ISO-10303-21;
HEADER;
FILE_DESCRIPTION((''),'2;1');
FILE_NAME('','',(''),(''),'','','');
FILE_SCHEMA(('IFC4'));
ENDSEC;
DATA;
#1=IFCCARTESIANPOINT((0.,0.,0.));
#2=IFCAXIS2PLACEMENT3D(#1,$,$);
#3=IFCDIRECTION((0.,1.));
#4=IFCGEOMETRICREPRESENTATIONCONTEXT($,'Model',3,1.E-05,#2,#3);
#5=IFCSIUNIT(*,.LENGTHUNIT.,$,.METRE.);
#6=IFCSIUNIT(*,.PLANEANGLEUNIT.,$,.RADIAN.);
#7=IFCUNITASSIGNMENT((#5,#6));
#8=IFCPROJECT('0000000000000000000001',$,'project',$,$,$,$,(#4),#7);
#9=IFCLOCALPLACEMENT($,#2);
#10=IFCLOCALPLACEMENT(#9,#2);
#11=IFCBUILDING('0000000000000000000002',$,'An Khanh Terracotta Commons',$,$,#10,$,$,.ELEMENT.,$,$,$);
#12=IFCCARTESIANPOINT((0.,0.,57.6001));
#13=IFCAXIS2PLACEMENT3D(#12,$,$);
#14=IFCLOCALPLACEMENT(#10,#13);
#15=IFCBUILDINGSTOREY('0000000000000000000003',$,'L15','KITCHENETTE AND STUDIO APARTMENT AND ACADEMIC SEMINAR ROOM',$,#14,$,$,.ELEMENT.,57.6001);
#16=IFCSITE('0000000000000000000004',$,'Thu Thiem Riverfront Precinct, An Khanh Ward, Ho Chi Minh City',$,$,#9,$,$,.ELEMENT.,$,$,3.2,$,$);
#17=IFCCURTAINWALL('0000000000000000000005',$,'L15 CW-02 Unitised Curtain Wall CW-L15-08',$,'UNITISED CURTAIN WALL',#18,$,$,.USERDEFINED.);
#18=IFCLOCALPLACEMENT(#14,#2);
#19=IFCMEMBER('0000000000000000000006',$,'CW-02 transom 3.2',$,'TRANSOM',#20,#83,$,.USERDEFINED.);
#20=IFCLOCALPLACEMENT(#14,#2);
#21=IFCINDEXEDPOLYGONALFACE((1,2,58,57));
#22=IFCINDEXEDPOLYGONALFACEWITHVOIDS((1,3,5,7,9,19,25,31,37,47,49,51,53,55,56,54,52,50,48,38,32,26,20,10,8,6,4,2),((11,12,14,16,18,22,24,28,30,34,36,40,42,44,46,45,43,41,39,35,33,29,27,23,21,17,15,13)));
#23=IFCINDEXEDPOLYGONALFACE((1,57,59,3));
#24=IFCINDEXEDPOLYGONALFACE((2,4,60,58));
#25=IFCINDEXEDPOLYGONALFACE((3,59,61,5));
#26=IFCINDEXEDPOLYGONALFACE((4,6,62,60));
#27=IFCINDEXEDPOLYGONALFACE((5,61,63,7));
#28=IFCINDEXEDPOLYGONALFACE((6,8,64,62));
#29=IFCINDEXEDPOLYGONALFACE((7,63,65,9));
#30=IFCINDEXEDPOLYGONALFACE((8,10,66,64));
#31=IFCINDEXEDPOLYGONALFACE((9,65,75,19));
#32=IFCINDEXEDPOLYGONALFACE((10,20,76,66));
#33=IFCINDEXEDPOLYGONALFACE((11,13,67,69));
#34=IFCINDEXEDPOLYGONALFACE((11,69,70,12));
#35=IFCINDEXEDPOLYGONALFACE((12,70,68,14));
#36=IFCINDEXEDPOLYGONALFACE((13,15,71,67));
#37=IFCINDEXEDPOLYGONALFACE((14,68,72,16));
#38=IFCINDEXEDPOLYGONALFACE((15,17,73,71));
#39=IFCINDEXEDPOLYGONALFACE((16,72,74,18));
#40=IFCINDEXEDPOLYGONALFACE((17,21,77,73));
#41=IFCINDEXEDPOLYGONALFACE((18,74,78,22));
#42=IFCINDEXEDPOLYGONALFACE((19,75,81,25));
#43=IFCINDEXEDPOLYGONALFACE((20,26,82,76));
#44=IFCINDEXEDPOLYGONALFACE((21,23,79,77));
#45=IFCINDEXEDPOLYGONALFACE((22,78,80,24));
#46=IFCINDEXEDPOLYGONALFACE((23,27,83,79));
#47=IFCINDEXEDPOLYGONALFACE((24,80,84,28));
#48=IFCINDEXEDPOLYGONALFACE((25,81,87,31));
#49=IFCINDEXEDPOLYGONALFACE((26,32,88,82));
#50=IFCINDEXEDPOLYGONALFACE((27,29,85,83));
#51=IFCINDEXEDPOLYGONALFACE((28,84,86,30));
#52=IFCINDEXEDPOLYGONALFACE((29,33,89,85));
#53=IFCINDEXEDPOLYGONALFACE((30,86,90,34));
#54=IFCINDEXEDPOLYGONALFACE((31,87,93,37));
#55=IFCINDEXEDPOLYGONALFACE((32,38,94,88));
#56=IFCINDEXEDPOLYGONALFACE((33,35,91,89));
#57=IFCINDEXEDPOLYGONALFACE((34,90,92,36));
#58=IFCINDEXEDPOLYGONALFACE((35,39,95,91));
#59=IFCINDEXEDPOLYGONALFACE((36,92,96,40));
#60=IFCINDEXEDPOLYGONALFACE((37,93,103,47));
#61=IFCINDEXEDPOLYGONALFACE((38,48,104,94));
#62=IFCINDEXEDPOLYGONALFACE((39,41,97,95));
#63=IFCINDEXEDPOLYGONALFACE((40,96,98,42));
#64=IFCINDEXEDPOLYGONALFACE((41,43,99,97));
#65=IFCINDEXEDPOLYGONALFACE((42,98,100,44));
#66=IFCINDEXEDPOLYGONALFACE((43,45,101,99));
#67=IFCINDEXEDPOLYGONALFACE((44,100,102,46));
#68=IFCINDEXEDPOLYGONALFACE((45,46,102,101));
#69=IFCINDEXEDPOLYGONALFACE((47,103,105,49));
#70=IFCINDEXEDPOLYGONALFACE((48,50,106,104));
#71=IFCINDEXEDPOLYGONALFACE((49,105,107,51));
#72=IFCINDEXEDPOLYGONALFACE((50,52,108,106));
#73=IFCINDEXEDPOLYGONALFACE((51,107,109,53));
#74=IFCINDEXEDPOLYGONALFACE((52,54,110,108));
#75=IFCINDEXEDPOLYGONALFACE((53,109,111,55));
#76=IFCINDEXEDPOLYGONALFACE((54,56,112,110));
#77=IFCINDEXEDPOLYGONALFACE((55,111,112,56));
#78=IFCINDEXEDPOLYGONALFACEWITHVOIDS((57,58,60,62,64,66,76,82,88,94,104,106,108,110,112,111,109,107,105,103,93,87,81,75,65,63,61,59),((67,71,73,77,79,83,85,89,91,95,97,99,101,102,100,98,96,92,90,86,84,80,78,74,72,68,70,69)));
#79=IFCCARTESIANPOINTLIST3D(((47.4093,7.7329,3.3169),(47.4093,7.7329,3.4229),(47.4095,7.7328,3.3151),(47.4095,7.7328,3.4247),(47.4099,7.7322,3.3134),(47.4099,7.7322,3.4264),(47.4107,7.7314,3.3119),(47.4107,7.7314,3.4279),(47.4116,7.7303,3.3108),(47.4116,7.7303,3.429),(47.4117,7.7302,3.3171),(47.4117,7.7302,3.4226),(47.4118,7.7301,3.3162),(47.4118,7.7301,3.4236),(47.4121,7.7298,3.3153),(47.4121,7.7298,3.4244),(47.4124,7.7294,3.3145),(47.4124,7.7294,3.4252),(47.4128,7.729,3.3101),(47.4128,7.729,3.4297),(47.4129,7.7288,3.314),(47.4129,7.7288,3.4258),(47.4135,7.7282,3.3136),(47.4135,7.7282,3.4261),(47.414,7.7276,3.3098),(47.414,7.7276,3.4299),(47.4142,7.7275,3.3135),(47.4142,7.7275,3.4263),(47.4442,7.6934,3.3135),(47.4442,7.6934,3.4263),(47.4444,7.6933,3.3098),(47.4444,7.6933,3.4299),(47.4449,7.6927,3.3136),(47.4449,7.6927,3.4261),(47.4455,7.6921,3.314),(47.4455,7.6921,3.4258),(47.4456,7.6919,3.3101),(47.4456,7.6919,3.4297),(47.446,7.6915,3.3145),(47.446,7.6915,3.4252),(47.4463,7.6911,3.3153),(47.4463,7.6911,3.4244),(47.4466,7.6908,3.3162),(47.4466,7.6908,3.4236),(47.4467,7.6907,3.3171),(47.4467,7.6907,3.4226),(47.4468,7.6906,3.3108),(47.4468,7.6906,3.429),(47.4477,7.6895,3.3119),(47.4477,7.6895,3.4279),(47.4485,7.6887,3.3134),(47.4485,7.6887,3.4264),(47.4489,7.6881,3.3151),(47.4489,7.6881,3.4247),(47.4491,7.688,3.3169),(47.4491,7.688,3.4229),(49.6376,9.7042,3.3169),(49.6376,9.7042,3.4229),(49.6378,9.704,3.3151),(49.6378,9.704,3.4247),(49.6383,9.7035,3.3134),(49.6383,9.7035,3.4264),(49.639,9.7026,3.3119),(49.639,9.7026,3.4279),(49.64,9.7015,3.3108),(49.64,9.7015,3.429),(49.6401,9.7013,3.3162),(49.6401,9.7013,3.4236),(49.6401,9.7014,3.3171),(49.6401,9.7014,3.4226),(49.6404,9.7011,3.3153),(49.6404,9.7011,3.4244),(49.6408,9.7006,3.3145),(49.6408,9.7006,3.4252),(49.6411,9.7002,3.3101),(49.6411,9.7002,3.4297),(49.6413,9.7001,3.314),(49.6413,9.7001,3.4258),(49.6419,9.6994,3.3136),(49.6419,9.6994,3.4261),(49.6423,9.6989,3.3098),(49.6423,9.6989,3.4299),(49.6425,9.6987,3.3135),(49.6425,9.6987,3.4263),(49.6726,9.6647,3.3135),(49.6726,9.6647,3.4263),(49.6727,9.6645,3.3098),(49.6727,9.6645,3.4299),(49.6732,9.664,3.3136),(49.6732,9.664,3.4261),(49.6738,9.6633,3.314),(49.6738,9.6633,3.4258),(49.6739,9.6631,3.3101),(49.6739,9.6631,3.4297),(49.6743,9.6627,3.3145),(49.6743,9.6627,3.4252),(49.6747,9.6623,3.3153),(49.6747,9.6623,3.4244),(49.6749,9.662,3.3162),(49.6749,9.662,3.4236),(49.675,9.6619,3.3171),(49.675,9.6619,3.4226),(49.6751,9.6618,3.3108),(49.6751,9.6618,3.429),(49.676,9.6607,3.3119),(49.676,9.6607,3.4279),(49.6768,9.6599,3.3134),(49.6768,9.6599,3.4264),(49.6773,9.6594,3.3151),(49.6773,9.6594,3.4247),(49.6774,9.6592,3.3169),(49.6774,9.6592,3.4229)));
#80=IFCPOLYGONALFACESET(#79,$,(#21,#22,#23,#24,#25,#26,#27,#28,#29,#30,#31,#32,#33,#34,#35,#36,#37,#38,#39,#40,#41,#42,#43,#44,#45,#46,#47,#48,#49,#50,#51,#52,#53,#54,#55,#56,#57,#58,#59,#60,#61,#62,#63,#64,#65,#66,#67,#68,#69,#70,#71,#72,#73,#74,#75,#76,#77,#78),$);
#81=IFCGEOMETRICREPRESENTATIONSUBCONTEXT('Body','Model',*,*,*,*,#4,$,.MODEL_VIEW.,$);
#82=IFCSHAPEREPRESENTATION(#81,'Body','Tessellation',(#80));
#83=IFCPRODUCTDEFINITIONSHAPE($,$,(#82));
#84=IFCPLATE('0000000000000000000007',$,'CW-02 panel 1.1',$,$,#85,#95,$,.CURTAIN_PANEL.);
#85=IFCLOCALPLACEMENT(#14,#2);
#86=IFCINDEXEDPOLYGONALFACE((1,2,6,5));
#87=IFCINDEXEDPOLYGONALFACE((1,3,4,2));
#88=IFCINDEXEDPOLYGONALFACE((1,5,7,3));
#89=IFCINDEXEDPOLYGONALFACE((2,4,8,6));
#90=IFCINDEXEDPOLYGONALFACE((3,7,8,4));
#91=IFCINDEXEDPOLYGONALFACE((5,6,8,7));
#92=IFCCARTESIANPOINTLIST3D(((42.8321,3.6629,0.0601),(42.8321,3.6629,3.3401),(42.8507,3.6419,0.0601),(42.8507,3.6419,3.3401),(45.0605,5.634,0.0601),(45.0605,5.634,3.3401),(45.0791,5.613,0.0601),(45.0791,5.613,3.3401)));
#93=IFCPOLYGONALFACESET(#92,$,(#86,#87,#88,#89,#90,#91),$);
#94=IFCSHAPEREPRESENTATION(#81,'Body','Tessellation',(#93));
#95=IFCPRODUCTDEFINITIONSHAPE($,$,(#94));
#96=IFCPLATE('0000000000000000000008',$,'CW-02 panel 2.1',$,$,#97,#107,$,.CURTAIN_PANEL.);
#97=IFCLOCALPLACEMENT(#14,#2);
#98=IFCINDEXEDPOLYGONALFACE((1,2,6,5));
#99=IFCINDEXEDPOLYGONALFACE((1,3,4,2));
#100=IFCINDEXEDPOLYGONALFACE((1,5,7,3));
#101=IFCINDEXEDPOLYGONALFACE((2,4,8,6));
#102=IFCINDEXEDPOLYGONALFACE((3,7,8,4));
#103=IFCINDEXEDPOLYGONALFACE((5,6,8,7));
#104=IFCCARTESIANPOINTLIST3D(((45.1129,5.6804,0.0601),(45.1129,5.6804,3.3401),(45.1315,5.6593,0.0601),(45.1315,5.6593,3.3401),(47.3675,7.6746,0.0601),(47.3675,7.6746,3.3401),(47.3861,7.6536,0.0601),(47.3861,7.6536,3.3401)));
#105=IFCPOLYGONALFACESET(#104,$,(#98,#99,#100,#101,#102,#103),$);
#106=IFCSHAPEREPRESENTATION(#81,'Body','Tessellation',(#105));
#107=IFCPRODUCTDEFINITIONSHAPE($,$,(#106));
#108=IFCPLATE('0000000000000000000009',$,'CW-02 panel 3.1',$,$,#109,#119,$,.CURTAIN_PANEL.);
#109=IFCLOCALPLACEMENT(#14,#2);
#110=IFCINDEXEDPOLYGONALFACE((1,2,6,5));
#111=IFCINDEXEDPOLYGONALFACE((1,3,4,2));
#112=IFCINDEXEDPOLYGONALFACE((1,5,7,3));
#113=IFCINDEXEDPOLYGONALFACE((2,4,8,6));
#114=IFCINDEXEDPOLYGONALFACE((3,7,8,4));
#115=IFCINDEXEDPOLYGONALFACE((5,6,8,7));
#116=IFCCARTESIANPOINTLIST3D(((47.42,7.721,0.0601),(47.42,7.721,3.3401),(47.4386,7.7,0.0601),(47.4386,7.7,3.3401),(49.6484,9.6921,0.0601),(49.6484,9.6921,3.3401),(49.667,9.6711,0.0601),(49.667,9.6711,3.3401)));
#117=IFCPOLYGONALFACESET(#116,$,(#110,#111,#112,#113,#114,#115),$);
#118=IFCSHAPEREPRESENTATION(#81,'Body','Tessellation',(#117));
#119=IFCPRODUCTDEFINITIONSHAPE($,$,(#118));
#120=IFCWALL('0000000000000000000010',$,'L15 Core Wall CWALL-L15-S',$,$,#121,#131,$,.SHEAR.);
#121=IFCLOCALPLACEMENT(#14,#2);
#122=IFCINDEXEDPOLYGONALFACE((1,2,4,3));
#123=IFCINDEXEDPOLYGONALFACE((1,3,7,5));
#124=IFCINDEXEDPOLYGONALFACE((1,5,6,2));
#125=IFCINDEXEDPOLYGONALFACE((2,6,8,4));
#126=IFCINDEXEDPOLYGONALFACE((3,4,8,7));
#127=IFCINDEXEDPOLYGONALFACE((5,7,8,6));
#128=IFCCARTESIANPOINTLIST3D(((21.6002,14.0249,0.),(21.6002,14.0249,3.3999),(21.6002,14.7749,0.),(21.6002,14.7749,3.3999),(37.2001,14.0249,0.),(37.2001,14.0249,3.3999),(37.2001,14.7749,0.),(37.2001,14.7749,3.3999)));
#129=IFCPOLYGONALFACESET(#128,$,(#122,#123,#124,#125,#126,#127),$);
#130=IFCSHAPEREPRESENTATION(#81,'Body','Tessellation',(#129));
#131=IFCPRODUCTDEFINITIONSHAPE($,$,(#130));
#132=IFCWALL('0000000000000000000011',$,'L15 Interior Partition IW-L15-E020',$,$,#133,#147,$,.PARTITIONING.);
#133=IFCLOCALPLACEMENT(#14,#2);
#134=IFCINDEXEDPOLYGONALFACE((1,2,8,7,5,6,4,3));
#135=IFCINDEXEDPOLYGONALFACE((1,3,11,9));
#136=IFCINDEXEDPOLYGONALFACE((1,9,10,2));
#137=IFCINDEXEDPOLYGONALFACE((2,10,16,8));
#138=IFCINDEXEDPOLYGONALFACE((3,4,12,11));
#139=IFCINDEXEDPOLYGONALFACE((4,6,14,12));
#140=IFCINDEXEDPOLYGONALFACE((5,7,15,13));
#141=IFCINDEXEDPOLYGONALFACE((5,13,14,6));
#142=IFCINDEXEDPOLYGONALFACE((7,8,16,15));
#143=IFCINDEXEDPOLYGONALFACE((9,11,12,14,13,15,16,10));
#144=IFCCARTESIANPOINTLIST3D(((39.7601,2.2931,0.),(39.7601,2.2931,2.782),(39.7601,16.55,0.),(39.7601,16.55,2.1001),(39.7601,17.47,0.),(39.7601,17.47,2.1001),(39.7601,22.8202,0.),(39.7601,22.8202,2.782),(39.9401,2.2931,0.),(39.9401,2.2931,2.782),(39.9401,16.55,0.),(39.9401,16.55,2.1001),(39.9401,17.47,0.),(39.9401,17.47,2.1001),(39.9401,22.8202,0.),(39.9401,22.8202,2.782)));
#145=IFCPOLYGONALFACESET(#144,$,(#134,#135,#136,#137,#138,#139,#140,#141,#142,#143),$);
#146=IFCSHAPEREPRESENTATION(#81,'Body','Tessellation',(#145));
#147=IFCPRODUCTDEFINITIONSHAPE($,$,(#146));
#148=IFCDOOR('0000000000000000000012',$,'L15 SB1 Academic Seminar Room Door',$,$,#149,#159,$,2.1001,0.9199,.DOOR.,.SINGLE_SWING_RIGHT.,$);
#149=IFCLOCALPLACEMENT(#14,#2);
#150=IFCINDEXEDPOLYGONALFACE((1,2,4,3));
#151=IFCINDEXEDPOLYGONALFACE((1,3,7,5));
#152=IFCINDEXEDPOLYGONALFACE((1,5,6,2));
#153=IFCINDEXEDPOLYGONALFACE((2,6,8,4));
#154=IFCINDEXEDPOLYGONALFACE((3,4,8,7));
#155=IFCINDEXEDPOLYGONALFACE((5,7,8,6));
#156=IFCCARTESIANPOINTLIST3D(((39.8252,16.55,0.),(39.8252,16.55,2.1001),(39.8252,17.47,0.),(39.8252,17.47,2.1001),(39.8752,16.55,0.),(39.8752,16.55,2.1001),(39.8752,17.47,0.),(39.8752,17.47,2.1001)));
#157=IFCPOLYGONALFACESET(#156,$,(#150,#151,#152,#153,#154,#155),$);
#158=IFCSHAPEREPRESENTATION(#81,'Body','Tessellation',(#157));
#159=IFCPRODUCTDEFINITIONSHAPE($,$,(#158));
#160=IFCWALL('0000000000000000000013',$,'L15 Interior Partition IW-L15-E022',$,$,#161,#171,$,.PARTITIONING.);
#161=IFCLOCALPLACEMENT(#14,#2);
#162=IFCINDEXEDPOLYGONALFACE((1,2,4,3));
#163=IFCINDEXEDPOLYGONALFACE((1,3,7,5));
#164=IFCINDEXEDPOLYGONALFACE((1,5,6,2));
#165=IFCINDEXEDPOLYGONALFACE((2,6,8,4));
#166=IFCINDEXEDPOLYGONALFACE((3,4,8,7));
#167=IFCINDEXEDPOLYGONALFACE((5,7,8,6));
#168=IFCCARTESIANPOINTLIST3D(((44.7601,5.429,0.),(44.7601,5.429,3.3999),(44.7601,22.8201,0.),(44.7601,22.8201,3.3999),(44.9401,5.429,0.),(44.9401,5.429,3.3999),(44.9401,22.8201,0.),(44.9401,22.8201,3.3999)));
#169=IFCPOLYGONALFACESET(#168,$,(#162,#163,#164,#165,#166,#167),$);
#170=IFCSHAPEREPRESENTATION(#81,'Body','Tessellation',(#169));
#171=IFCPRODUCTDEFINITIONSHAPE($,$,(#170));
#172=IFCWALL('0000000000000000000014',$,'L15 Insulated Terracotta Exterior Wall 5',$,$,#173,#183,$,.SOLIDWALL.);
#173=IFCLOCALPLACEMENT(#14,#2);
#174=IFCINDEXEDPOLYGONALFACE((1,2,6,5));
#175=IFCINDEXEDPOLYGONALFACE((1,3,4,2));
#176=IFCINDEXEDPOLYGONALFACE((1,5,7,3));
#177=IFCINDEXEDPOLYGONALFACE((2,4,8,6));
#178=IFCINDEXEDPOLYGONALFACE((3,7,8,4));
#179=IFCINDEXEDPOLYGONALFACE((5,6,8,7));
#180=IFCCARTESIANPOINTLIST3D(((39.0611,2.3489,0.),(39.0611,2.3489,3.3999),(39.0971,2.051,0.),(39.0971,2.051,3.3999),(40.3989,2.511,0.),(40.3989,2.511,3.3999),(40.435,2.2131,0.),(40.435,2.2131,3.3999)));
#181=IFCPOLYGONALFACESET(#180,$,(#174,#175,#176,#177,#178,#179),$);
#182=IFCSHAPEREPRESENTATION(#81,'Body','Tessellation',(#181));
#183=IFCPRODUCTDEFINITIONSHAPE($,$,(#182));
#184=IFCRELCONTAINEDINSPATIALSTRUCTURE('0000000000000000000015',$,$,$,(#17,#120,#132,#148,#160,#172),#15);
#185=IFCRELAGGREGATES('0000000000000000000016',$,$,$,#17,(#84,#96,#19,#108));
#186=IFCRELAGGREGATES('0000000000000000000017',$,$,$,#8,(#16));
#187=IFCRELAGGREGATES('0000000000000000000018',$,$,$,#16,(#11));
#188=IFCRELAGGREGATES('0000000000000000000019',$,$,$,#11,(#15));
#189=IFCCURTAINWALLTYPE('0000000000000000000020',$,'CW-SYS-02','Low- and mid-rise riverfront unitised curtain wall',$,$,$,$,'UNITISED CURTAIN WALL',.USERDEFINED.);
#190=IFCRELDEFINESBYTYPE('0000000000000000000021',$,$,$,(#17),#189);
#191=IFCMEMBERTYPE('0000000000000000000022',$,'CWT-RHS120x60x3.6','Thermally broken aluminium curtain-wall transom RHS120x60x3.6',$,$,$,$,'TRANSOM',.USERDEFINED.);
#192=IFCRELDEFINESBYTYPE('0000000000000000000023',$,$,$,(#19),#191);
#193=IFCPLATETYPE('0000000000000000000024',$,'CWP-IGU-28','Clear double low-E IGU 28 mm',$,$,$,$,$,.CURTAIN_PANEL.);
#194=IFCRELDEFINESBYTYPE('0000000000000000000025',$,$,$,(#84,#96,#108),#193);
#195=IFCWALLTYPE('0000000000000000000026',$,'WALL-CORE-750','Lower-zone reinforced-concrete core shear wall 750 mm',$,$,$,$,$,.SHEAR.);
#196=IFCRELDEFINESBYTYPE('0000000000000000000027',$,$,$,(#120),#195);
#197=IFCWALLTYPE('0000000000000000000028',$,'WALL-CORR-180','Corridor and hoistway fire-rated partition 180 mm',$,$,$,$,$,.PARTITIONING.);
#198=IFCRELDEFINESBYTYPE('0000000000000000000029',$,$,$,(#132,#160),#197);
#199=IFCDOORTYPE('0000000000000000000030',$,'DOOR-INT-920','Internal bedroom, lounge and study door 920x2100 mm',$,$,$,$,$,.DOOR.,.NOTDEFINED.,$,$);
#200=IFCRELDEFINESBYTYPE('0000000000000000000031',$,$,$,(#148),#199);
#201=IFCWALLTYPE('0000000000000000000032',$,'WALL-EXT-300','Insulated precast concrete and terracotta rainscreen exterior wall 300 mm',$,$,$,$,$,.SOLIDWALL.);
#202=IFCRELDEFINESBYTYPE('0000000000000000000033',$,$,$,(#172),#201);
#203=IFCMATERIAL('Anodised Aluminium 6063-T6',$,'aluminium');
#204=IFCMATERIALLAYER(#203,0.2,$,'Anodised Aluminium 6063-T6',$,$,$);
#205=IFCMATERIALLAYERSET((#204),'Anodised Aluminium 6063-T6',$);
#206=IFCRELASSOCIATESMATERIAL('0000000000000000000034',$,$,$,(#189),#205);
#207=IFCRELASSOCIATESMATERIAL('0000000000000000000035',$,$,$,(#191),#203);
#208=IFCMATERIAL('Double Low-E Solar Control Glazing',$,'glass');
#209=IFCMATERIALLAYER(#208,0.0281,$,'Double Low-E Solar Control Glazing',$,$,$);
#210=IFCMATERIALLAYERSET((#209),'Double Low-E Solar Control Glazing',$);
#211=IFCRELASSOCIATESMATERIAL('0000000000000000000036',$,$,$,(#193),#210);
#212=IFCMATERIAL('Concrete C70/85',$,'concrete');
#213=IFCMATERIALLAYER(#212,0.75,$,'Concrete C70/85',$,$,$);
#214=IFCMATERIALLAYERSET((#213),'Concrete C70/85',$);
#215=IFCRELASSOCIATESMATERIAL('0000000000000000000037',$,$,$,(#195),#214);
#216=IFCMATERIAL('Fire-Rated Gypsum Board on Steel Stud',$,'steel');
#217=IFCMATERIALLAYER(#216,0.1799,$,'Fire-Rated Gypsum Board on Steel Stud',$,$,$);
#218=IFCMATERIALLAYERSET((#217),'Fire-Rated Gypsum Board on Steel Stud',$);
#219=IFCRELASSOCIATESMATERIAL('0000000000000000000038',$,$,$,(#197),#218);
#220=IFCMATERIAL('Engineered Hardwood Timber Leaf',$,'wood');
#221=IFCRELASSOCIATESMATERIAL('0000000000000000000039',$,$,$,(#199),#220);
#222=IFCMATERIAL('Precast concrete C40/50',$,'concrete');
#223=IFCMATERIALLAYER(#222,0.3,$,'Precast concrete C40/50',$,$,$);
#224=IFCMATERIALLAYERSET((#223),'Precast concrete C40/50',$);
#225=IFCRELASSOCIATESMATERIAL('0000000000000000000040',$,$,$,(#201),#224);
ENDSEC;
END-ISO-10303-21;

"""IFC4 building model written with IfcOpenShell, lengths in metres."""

from ifc_helpers import new_model, si_unit, direction, frame, frame_2d, origin, origin_2d, place, context, subcontext, project, spatial, rectangle, hollow_rectangle, extrude, material, layer, layer_set, material_profile, profile_set, type_object, element, fill, aggregate, save


model = new_model("IFC4")

# Units and contexts
model_context = context("Model", 3, precision=1e-05, world=origin(), true_north=direction((0.0, 1.0)))
body_context = subcontext(model_context, "Body", "Model", "MODEL_VIEW")
ifc_project = project(units=[si_unit("LENGTHUNIT", "METRE"), si_unit("PLANEANGLEUNIT", "RADIAN")], contexts=[model_context])

# Site, building, storey
site_placement = place(None, origin())
site = spatial("IfcSite", under=ifc_project, at=site_placement, Name="Thu Thiem Riverfront Precinct, An Khanh Ward, Ho Chi Minh City", CompositionType="ELEMENT", RefElevation=3.2)
building_placement = place(site_placement, origin())
building = spatial("IfcBuilding", under=site, at=building_placement, Name="An Khanh Terracotta Commons", CompositionType="ELEMENT")
storey_placement = place(building_placement, frame((0.0, 0.0, 57.6001)))
storey = spatial("IfcBuildingStorey", under=building, at=storey_placement, Name="L15", Description="KITCHENETTE AND STUDIO APARTMENT AND ACADEMIC SEMINAR ROOM", CompositionType="ELEMENT", Elevation=57.6001)

# Shared definitions
ifc_material_1 = material(Name="Concrete C70/85", Category="concrete")

# Curtain wall, member, plates
ifc_material_2 = material(Name="Anodised Aluminium 6063-T6", Category="aluminium")
ifc_layer_1 = layer(ifc_material_2, 0.2, Name="Anodised Aluminium 6063-T6")
ifc_layer_set_1 = layer_set([ifc_layer_1], Name="Anodised Aluminium 6063-T6")
curtain_wall_type = type_object("IfcCurtainWallType", Name="CW-SYS-02", Description="Low- and mid-rise riverfront unitised curtain wall", ElementType="UNITISED CURTAIN WALL", PredefinedType="USERDEFINED", material=ifc_layer_set_1)
curtain_wall_placement = place(storey_placement, origin())
curtain_wall = element("IfcCurtainWall", 1, at=curtain_wall_placement, inside=storey, type_object=curtain_wall_type, Name="L15 CW-02 Unitised Curtain Wall CW-L15-08", ObjectType="UNITISED CURTAIN WALL", PredefinedType="USERDEFINED")
ifc_material_profile_1 = material_profile(ifc_material_2, hollow_rectangle(XDim=0.0601, YDim=0.1201, WallThickness=0.0037, InnerFilletRadius=0.0037, OuterFilletRadius=0.0071, at=origin_2d()), Name="RHS120x60x3.6")
ifc_profile_set_1 = profile_set([ifc_material_profile_1], Name="Anodised Aluminium 6063-T6")
member_type_1 = type_object("IfcMemberType", Name="CWT-RHS120x60x3.6", Description="Thermally broken aluminium curtain-wall transom RHS120x60x3.6", ElementType="TRANSOM", PredefinedType="USERDEFINED", material=ifc_profile_set_1)
member_1_placement = place(storey_placement, frame((47.4292, 7.7104, 3.3699), z_axis=(0.748992, 0.662579, 0.0), x_axis=(-0.662579, 0.748992, 0.0)))
member_1 = element("IfcMember", 2, at=member_1_placement, type_object=member_type_1, Name="CW-02 transom 3.2", ObjectType="TRANSOM", PredefinedType="USERDEFINED", context=body_context, shape_type="SweptSolid", body=[
    extrude(hollow_rectangle(XDim=0.0601, YDim=0.1201, WallThickness=0.0037, InnerFilletRadius=0.0037, OuterFilletRadius=0.0071, at=origin_2d()), origin(), (0.0, 0.0, 1.0), 2.9751),
])
ifc_material_3 = material(Name="Double Low-E Solar Control Glazing", Category="glass")
ifc_layer_2 = layer(ifc_material_3, 0.0281, Name="Double Low-E Solar Control Glazing")
ifc_layer_set_2 = layer_set([ifc_layer_2], Name="Double Low-E Solar Control Glazing")
plate_type = type_object("IfcPlateType", Name="CWP-IGU-28", Description="Clear double low-E IGU 28 mm", PredefinedType="CURTAIN_PANEL", material=ifc_layer_set_2)
plate_1_placement = place(storey_placement, frame((43.9556, 4.6379, 0.0601), z_axis=(0.0, 0.0, 1.0), x_axis=(0.749019, 0.662548, 0.0)))
plate_1 = element("IfcPlate", 3, at=plate_1_placement, type_object=plate_type, Name="CW-02 panel 1.1", PredefinedType="CURTAIN_PANEL", context=body_context, shape_type="SweptSolid", body=[
    extrude(rectangle(XDim=2.9751, YDim=0.0281, at=origin_2d()), origin(), (0.0, 0.0, 1.0), 3.28),
])
plate_2_placement = place(storey_placement, frame((46.2495, 6.667, 0.0601), z_axis=(0.0, 0.0, 1.0), x_axis=(0.749019, 0.662548, 0.0)))
plate_2 = element("IfcPlate", 4, at=plate_2_placement, type_object=plate_type, Name="CW-02 panel 2.1", PredefinedType="CURTAIN_PANEL", context=body_context, shape_type="SweptSolid", body=[
    extrude(rectangle(XDim=3.01, YDim=0.0281, at=origin_2d()), origin(), (0.0, 0.0, 1.0), 3.28),
])
plate_3_placement = place(storey_placement, frame((48.5435, 8.696, 0.0601), z_axis=(0.0, 0.0, 1.0), x_axis=(0.749019, 0.662548, 0.0)))
plate_3 = element("IfcPlate", 5, at=plate_3_placement, type_object=plate_type, Name="CW-02 panel 3.1", PredefinedType="CURTAIN_PANEL", context=body_context, shape_type="SweptSolid", body=[
    extrude(rectangle(XDim=2.9751, YDim=0.0281, at=origin_2d()), origin(), (0.0, 0.0, 1.0), 3.28),
])
aggregate(curtain_wall, [plate_1, plate_2, member_1, plate_3])

# Wall
ifc_layer_3 = layer(ifc_material_1, 0.75, Name="Concrete C70/85")
ifc_layer_set_3 = layer_set([ifc_layer_3], Name="Concrete C70/85")
wall_type_1 = type_object("IfcWallType", Name="WALL-CORE-750", Description="Lower-zone reinforced-concrete core shear wall 750 mm", PredefinedType="SHEAR", material=ifc_layer_set_3)
wall_1_placement = place(storey_placement, frame((37.2, 14.3999, 0.0), z_axis=(0.0, 0.0, 1.0), x_axis=(-1.0, 0.0, 0.0)))
element("IfcWall", 6, at=wall_1_placement, inside=storey, type_object=wall_type_1, Name="L15 Core Wall CWALL-L15-S", PredefinedType="SHEAR", context=body_context, shape_type="SweptSolid", body=[
    extrude(rectangle(XDim=15.5999, YDim=0.75, at=frame_2d((7.7998, 0.0))), origin(), (0.0, 0.0, 1.0), 3.3999),
])

# Wall, opening, door
ifc_material_4 = material(Name="Fire-Rated Gypsum Board on Steel Stud", Category="steel")
ifc_layer_4 = layer(ifc_material_4, 0.1799, Name="Fire-Rated Gypsum Board on Steel Stud")
ifc_layer_set_4 = layer_set([ifc_layer_4], Name="Fire-Rated Gypsum Board on Steel Stud")
wall_type_2 = type_object("IfcWallType", Name="WALL-CORR-180", Description="Corridor and hoistway fire-rated partition 180 mm", PredefinedType="PARTITIONING", material=ifc_layer_set_4)
wall_2_placement = place(storey_placement, frame((39.8501, 2.293, 0.0), z_axis=(0.0, 0.0, 1.0), x_axis=(0.0, 1.0, 0.0)))
wall_2 = element("IfcWall", 7, at=wall_2_placement, inside=storey, type_object=wall_type_2, Name="L15 Interior Partition IW-L15-E020", PredefinedType="PARTITIONING", context=body_context, shape_type="SweptSolid", body=[
    extrude(rectangle(XDim=20.5271, YDim=0.1799, at=frame_2d((10.2637, 0.0))), origin(), (0.0, 0.0, 1.0), 2.782),
])
opening_1_placement = place(wall_2_placement, frame((14.2571, 0.0, 0.0)))
opening_1 = element("IfcOpeningElement", 8, at=opening_1_placement, cuts=wall_2, PredefinedType="OPENING", context=body_context, shape_type="SweptSolid", body=[
    extrude(rectangle(XDim=0.9199, YDim=2.1001, at=frame_2d((0.46, 1.05))), frame((0.0, 0.0999, 0.0), z_axis=(0.0, -1.0, 0.0), x_axis=(1.0, 0.0, 0.0)), (0.0, 0.0, 1.0), 0.2),
])
ifc_material_5 = material(Name="Engineered Hardwood Timber Leaf", Category="wood")
door_type = type_object("IfcDoorType", Name="DOOR-INT-920", Description="Internal bedroom, lounge and study door 920x2100 mm", OperationType="NOTDEFINED", PredefinedType="DOOR", material=ifc_material_5)
door_placement = place(opening_1_placement, origin())
door = element("IfcDoor", 9, at=door_placement, inside=storey, type_object=door_type, Name="L15 SB1 Academic Seminar Room Door", OperationType="SINGLE_SWING_RIGHT", OverallHeight=2.1001, OverallWidth=0.9199, PredefinedType="DOOR", context=body_context, shape_type="SweptSolid", body=[
    extrude(rectangle(XDim=0.9199, YDim=2.1001, at=frame_2d((0.46, 1.05))), frame((0.0, 0.0249, 0.0), z_axis=(0.0, -1.0, 0.0), x_axis=(1.0, 0.0, 0.0)), (0.0, 0.0, 1.0), 0.05),
])
fill(opening_1, door)

# Walls
wall_3_placement = place(storey_placement, frame((44.8501, 5.429, 0.0), z_axis=(0.0, 0.0, 1.0), x_axis=(0.0, 1.0, 0.0)))
element("IfcWall", 10, at=wall_3_placement, inside=storey, type_object=wall_type_2, Name="L15 Interior Partition IW-L15-E022", PredefinedType="PARTITIONING", context=body_context, shape_type="SweptSolid", body=[
    extrude(rectangle(XDim=17.3911, YDim=0.1799, at=frame_2d((8.6956, 0.0))), origin(), (0.0, 0.0, 1.0), 3.3999),
])
ifc_material_6 = material(Name="Precast concrete C40/50", Category="concrete")
ifc_layer_5 = layer(ifc_material_6, 0.3, Name="Precast concrete C40/50")
ifc_layer_set_5 = layer_set([ifc_layer_5], Name="Precast concrete C40/50")
wall_type_3 = type_object("IfcWallType", Name="WALL-EXT-300", Description="Insulated precast concrete and terracotta rainscreen exterior wall 300 mm", PredefinedType="SOLIDWALL", material=ifc_layer_set_5)
wall_4_placement = place(storey_placement, frame((39.0791, 2.2, 0.0), z_axis=(0.0, 0.0, 1.0), x_axis=(0.992739, 0.120288, 0.0)))
element("IfcWall", 11, at=wall_4_placement, inside=storey, type_object=wall_type_3, Name="L15 Insulated Terracotta Exterior Wall 5", PredefinedType="SOLIDWALL", context=body_context, shape_type="SweptSolid", body=[
    extrude(rectangle(XDim=1.3477, YDim=0.3, at=frame_2d((0.6738, 0.0))), origin(), (0.0, 0.0, 1.0), 3.3999),
])

save(model, "model.ifc")
